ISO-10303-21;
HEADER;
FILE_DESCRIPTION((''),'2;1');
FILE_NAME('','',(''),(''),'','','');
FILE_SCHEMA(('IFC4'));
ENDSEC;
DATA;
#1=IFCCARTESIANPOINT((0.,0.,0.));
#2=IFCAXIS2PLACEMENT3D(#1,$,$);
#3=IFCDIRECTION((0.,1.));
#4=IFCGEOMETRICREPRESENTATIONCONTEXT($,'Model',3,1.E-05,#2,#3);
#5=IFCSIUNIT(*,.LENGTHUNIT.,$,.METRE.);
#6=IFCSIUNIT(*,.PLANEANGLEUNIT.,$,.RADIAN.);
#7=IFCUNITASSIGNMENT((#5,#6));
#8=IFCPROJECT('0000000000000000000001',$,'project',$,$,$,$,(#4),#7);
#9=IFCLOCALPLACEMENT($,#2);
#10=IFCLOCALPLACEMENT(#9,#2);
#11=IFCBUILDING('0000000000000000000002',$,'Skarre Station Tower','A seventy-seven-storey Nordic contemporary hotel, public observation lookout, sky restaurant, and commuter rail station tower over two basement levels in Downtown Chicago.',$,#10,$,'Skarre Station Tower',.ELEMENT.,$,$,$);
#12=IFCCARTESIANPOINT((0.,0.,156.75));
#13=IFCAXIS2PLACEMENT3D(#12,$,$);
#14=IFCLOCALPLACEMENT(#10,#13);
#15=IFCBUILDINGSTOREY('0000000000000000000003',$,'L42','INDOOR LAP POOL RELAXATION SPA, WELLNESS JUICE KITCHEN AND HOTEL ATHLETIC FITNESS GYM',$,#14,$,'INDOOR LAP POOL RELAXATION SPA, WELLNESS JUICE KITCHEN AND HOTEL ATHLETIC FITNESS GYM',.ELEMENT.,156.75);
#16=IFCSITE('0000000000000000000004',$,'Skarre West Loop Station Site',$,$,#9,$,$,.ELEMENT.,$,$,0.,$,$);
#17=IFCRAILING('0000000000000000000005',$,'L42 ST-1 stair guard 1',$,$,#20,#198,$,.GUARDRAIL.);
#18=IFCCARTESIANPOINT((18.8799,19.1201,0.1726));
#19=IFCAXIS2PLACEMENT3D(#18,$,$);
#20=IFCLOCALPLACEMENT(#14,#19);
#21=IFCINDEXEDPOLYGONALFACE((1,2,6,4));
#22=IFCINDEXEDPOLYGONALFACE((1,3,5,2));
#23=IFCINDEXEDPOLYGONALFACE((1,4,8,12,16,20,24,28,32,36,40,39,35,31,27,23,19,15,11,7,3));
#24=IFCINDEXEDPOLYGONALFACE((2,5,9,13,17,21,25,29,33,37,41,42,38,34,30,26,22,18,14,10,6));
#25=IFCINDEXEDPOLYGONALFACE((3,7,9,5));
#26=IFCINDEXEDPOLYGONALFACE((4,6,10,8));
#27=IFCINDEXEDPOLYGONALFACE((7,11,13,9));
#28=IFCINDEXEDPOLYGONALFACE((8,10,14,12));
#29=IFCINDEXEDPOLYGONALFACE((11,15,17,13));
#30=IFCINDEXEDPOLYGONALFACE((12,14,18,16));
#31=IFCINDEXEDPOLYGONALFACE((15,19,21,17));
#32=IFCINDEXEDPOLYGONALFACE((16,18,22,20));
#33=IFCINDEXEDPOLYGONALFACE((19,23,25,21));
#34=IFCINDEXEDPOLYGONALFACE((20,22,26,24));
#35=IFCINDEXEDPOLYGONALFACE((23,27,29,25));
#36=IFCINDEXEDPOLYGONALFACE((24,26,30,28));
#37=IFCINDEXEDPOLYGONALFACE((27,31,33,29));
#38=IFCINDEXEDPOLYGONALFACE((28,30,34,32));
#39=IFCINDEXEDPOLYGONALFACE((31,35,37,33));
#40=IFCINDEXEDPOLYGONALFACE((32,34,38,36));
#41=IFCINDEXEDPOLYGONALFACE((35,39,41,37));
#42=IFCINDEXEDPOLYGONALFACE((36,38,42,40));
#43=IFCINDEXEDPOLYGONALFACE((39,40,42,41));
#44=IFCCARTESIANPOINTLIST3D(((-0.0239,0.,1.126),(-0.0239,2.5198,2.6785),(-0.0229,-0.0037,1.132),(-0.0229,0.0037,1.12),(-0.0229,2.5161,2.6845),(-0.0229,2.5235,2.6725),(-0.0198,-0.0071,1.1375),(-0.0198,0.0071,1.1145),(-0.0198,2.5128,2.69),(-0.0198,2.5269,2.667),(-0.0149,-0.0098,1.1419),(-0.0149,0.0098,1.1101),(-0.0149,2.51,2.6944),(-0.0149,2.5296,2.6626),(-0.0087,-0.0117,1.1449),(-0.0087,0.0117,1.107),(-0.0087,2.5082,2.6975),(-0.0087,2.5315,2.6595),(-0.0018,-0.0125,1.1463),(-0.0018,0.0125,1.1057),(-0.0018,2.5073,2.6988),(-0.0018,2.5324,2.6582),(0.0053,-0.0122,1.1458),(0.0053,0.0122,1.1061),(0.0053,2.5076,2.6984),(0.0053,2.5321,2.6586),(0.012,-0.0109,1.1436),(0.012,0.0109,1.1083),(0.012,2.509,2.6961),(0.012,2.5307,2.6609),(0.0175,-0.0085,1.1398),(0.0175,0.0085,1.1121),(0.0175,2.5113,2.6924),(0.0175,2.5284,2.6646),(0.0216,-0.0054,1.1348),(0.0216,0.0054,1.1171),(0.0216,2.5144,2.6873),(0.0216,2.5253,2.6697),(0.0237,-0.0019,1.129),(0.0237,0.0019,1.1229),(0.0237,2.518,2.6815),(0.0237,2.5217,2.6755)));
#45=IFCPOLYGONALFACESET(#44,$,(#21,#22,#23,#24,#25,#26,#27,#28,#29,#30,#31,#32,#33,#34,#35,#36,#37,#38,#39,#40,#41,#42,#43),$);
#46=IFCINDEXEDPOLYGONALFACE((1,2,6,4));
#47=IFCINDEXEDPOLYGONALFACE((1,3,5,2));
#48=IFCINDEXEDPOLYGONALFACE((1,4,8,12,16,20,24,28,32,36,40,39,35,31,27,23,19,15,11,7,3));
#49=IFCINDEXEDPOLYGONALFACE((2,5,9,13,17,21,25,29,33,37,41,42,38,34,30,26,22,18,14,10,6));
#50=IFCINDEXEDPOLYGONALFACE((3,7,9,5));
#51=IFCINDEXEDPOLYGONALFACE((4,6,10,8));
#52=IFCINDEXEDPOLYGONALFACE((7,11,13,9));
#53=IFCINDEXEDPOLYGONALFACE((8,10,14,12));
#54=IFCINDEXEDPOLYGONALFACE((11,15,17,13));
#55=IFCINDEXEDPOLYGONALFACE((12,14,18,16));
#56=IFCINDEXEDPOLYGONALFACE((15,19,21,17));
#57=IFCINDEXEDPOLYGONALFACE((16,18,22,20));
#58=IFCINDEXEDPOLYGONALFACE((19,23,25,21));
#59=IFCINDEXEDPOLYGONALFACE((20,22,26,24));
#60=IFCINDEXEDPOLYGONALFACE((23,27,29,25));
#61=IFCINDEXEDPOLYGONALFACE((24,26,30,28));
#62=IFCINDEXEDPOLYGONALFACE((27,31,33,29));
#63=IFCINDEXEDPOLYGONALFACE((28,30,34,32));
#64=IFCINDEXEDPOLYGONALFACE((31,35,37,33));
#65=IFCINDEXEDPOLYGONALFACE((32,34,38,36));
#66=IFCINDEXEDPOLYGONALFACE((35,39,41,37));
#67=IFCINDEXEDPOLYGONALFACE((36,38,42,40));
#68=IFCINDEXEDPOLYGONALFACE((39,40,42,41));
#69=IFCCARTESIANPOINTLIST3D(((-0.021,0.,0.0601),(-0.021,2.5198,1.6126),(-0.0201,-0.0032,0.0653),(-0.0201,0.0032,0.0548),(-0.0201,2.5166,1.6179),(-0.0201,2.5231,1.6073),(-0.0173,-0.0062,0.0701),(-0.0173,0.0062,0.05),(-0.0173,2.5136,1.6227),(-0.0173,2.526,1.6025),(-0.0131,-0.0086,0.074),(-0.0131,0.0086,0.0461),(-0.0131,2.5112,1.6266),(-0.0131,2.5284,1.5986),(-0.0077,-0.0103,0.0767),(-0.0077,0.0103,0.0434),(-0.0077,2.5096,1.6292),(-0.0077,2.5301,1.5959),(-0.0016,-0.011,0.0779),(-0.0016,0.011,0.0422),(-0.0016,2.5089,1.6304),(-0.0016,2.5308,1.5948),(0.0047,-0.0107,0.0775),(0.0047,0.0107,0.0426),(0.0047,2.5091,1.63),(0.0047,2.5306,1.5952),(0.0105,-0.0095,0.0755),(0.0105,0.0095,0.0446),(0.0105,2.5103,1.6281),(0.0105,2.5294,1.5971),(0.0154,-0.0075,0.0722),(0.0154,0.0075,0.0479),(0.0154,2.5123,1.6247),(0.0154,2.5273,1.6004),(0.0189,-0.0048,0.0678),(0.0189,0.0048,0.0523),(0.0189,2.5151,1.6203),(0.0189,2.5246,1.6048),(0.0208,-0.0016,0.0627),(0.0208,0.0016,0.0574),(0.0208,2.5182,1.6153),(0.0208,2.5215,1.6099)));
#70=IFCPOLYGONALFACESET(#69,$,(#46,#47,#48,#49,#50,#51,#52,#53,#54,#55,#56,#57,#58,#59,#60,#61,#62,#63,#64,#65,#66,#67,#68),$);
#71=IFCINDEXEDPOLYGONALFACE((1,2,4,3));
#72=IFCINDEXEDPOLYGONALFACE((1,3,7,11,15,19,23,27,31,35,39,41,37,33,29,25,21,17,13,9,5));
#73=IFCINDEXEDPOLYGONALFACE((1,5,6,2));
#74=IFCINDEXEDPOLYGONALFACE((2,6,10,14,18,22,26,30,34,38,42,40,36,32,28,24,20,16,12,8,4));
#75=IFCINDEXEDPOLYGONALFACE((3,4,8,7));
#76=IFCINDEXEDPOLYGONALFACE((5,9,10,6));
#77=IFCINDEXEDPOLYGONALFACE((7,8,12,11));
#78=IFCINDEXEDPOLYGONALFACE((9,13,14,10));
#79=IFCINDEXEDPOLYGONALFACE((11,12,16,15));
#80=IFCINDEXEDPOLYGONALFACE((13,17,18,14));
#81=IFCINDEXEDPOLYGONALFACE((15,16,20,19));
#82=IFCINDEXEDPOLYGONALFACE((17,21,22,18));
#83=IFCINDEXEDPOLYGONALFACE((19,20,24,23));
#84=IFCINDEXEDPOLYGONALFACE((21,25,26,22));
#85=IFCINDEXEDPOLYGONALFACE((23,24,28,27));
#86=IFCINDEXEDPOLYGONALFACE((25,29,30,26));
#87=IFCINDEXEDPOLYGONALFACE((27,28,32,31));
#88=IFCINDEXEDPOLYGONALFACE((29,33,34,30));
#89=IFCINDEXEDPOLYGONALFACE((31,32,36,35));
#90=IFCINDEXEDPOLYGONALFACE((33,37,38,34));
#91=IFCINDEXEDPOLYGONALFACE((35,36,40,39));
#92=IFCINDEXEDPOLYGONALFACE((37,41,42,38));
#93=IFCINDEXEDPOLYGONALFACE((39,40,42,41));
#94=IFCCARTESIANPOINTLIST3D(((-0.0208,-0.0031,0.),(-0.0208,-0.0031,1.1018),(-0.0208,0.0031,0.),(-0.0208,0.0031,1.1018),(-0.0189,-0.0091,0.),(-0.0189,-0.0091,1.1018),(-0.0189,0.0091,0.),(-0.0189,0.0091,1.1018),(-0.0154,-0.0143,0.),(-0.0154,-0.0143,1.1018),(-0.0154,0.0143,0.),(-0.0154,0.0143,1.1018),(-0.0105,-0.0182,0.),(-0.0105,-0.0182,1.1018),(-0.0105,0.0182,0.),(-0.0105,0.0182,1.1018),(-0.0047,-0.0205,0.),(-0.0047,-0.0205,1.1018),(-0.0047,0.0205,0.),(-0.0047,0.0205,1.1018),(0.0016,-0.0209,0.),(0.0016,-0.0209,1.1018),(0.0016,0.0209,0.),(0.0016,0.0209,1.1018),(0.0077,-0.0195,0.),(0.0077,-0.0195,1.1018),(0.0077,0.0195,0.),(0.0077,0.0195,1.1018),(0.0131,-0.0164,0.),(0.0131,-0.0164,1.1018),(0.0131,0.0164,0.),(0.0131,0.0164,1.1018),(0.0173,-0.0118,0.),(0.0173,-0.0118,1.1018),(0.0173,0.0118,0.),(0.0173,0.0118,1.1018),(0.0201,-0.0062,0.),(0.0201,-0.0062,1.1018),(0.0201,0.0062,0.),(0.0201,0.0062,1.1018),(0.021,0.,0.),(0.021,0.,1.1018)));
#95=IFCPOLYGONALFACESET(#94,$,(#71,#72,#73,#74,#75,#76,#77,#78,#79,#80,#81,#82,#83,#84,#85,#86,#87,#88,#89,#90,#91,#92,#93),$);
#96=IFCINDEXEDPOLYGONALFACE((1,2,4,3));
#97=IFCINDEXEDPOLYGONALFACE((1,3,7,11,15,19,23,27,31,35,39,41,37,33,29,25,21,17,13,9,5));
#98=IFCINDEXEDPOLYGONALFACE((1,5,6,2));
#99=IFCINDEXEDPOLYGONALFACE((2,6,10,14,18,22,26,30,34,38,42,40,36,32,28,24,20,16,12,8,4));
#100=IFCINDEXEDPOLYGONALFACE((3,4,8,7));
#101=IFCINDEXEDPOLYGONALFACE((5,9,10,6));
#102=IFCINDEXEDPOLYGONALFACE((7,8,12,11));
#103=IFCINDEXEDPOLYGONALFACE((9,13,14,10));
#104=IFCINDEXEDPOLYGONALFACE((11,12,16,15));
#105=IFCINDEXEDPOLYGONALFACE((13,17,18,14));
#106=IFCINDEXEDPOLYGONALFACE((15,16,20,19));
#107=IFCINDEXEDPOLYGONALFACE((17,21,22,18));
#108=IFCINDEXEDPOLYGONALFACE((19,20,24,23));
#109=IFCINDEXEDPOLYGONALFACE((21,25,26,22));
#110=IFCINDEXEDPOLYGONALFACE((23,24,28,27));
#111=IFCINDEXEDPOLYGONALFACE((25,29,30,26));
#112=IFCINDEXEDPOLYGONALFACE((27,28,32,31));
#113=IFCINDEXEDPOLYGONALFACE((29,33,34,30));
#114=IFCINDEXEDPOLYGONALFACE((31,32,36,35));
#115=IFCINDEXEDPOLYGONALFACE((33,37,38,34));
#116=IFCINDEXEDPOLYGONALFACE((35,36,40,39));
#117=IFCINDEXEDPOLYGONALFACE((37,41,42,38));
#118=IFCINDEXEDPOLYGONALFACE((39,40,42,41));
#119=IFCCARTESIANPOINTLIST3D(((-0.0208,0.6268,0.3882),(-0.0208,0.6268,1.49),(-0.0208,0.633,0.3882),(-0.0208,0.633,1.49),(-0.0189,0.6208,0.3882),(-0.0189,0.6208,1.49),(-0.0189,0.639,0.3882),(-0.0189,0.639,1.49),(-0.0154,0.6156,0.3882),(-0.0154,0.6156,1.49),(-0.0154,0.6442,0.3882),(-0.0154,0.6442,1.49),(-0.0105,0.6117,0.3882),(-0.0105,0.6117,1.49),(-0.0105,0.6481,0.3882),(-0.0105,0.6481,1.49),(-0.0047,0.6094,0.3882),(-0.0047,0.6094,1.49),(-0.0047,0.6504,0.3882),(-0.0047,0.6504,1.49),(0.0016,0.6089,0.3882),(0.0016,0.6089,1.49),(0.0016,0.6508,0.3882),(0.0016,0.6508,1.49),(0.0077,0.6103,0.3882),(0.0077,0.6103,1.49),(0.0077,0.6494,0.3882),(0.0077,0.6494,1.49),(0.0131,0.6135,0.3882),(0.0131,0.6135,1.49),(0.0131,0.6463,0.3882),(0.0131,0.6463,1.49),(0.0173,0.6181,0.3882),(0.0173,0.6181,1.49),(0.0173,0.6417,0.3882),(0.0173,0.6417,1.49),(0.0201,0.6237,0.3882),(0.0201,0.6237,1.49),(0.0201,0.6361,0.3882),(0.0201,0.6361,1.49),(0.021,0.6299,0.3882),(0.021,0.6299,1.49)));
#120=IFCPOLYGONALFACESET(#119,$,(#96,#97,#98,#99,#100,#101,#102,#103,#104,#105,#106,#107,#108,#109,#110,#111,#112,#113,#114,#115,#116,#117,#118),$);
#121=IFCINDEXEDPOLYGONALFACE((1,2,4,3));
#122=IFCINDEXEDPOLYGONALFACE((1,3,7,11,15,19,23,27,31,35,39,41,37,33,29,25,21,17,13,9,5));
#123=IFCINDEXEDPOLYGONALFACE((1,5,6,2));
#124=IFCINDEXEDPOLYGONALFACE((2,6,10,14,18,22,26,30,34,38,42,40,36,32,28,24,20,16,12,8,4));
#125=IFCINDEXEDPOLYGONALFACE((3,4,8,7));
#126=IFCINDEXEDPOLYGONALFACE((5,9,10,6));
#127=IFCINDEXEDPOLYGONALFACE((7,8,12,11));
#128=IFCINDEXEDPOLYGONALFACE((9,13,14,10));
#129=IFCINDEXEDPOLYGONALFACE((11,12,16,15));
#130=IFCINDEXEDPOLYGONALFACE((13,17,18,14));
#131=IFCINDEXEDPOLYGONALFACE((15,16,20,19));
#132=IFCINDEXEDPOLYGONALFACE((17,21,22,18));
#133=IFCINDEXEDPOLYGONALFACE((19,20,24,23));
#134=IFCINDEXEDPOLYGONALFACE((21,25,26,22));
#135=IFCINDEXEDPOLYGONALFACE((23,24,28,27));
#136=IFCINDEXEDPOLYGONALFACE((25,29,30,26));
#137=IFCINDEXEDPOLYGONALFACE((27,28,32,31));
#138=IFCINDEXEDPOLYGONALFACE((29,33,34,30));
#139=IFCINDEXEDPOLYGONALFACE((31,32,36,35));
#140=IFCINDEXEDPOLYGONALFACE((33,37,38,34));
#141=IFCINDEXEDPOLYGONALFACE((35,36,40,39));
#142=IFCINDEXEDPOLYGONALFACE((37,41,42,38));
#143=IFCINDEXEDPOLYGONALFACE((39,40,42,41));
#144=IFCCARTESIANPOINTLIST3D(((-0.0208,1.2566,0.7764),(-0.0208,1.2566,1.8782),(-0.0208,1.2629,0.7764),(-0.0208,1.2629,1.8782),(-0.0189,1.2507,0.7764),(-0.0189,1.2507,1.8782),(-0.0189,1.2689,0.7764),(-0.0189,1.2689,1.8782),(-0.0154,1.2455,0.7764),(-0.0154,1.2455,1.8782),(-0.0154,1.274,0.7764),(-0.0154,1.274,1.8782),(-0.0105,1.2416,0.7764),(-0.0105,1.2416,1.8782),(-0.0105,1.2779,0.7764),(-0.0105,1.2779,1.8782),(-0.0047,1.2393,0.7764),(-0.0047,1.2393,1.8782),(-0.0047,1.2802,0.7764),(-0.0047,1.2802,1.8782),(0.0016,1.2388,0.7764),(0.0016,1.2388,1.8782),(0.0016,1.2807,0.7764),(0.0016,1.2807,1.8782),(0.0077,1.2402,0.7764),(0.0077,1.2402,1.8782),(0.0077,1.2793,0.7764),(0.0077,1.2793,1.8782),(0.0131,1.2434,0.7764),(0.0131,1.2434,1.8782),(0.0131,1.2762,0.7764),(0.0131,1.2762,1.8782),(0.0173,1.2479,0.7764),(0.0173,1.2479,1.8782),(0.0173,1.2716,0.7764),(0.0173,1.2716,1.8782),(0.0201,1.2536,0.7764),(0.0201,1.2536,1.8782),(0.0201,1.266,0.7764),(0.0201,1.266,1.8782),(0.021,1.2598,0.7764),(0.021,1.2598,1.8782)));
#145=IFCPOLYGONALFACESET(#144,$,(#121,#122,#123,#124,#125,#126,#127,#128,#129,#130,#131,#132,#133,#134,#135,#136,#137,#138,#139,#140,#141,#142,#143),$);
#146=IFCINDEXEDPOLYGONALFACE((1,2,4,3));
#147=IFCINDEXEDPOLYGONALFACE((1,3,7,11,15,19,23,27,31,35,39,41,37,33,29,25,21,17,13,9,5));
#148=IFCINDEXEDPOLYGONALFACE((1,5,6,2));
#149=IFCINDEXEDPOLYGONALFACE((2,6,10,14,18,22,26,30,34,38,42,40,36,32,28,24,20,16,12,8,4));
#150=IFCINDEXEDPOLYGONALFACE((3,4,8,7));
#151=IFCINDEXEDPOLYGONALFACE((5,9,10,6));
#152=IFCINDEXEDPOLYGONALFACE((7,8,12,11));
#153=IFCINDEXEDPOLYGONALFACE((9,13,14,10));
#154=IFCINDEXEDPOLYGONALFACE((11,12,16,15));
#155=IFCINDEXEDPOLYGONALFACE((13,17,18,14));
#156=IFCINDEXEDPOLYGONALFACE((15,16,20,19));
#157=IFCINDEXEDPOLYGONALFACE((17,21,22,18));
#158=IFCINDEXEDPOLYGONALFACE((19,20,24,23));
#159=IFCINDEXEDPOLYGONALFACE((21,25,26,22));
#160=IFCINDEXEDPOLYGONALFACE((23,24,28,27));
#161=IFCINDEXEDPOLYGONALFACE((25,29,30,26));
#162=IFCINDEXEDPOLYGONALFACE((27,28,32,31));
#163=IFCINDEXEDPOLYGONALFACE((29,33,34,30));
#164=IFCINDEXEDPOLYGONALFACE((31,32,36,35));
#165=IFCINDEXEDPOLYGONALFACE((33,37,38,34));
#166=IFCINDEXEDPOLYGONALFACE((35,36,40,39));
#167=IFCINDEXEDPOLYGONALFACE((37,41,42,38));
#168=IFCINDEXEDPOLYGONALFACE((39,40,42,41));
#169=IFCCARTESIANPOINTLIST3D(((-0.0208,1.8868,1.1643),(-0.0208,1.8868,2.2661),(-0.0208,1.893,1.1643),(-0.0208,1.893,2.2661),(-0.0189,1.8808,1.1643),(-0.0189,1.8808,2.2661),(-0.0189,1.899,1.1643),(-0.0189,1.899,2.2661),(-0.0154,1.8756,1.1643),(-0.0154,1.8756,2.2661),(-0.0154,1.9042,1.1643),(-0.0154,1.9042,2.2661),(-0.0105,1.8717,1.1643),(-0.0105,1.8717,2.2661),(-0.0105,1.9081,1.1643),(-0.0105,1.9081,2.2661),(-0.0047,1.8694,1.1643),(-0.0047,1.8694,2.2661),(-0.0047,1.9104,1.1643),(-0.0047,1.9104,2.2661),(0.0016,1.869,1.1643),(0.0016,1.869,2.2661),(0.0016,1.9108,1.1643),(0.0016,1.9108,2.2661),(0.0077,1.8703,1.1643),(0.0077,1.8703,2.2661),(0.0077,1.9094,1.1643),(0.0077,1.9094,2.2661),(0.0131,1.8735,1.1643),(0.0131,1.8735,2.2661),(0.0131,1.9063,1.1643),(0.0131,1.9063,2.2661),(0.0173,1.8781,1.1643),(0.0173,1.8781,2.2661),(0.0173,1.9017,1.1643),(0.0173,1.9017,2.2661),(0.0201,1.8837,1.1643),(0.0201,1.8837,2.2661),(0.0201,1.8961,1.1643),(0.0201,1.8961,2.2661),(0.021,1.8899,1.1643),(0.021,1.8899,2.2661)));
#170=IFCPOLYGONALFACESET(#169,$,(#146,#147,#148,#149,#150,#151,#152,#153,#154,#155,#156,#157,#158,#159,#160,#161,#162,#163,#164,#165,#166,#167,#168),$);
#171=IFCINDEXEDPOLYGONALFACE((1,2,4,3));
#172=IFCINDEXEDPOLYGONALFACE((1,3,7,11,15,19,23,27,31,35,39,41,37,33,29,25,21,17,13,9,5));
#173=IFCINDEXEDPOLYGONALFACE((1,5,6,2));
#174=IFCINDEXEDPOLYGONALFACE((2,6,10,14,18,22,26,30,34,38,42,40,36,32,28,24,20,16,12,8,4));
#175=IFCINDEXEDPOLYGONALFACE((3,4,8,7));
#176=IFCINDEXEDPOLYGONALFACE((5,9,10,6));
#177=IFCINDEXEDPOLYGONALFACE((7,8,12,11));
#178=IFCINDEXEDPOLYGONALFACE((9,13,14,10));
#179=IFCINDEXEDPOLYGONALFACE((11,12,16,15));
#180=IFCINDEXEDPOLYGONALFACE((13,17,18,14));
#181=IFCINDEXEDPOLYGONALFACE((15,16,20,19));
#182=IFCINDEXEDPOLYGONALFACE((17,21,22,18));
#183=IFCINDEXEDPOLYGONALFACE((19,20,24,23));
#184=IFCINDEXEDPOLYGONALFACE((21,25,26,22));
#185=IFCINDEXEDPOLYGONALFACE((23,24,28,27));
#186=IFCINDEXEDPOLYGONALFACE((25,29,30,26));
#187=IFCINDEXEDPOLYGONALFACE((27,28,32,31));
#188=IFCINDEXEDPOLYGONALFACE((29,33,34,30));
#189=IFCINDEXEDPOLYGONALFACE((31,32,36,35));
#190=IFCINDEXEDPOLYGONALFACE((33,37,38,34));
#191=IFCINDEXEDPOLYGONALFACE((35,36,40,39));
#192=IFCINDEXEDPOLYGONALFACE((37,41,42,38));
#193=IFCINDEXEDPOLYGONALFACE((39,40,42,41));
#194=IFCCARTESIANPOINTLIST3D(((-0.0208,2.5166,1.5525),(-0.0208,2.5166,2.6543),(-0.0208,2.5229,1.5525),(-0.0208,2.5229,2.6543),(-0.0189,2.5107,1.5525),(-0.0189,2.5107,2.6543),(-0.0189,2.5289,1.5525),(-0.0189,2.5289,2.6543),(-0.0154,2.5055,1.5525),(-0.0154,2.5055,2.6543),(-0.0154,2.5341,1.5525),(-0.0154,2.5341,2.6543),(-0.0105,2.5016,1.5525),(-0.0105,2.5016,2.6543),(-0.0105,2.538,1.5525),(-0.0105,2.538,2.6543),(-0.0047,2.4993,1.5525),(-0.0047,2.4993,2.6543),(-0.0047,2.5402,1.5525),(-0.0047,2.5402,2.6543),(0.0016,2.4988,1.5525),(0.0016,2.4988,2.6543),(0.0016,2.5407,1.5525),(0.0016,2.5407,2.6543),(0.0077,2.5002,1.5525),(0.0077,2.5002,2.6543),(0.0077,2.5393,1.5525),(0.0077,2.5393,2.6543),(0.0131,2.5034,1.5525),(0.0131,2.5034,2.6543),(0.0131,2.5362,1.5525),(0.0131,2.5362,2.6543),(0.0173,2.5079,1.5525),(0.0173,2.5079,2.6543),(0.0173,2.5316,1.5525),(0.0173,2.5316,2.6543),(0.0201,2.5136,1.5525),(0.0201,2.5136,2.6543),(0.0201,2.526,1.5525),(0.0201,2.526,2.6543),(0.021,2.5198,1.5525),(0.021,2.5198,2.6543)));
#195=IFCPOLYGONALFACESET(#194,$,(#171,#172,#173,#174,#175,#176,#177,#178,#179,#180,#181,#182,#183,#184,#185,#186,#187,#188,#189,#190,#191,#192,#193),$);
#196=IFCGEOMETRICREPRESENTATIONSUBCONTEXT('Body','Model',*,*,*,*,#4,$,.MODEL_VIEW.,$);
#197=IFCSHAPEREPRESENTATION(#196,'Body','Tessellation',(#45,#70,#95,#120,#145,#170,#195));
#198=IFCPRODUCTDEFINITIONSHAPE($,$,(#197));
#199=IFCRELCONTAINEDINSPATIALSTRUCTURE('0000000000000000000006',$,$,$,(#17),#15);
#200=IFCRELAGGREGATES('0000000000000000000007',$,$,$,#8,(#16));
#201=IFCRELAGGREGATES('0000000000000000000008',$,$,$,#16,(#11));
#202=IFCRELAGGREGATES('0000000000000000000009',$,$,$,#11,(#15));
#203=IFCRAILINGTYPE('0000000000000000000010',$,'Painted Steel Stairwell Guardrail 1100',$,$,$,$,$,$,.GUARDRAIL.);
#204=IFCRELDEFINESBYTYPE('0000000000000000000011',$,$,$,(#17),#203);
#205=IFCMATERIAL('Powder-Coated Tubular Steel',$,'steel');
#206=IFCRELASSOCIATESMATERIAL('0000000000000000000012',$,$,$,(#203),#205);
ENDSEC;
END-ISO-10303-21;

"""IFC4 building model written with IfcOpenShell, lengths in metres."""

from ifc_helpers import new_model, si_unit, direction, frame, origin, origin_2d, place, context, subcontext, project, spatial, circle, extrude, material, type_object, element, save


model = new_model("IFC4")

# Units and contexts
model_context = context("Model", 3, precision=1e-05, world=origin(), true_north=direction((0.0, 1.0)))
body_context = subcontext(model_context, "Body", "Model", "MODEL_VIEW")
ifc_project = project(units=[si_unit("LENGTHUNIT", "METRE"), si_unit("PLANEANGLEUNIT", "RADIAN")], contexts=[model_context])

# Site, building, storey
site_placement = place(None, origin())
site = spatial("IfcSite", under=ifc_project, at=site_placement, Name="Skarre West Loop Station Site", CompositionType="ELEMENT", RefElevation=0.0)
building_placement = place(site_placement, origin())
building = spatial("IfcBuilding", under=site, at=building_placement, Name="Skarre Station Tower", Description="A seventy-seven-storey Nordic contemporary hotel, public observation lookout, sky restaurant, and commuter rail station tower over two basement levels in Downtown Chicago.", LongName="Skarre Station Tower", CompositionType="ELEMENT")
storey_placement = place(building_placement, frame((0.0, 0.0, 156.75)))
storey = spatial("IfcBuildingStorey", under=building, at=storey_placement, Name="L42", Description="INDOOR LAP POOL RELAXATION SPA, WELLNESS JUICE KITCHEN AND HOTEL ATHLETIC FITNESS GYM", LongName="INDOOR LAP POOL RELAXATION SPA, WELLNESS JUICE KITCHEN AND HOTEL ATHLETIC FITNESS GYM", CompositionType="ELEMENT", Elevation=156.75)

# Railing
ifc_material_1 = material(Name="Powder-Coated Tubular Steel", Category="steel")
railing_type = type_object("IfcRailingType", Name="Painted Steel Stairwell Guardrail 1100", PredefinedType="GUARDRAIL", material=ifc_material_1)
railing_1_placement = place(storey_placement, frame((18.8799, 19.1201, 0.1726)))
element("IfcRailing", 1, at=railing_1_placement, inside=storey, type_object=railing_type, Name="L42 ST-1 stair guard 1", PredefinedType="GUARDRAIL", context=body_context, shape_type="SweptSolid", body=[
    extrude(circle(Radius=0.0239, at=origin_2d()), frame((0.0, 0.0, 1.126), z_axis=(0.0, 0.851378, 0.524553), x_axis=(-1.0, 0.0, 0.0)), (0.0, 0.0, 1.0), 2.9597),
    extrude(circle(Radius=0.021, at=origin_2d()), frame((0.0, 0.0, 0.0601), z_axis=(0.0, 0.851378, 0.524553), x_axis=(-1.0, 0.0, 0.0)), (0.0, 0.0, 1.0), 2.9597),
    extrude(circle(Radius=0.021, at=origin_2d()), origin(), (0.0, 0.0, 1.0), 1.1018),
    extrude(circle(Radius=0.021, at=origin_2d()), frame((0.0, 0.6299, 0.3882)), (0.0, 0.0, 1.0), 1.1018),
    extrude(circle(Radius=0.021, at=origin_2d()), frame((0.0, 1.2598, 0.7764)), (0.0, 0.0, 1.0), 1.1018),
    extrude(circle(Radius=0.021, at=origin_2d()), frame((0.0, 1.8899, 1.1643)), (0.0, 0.0, 1.0), 1.1018),
    extrude(circle(Radius=0.021, at=origin_2d()), frame((0.0, 2.5198, 1.5525)), (0.0, 0.0, 1.0), 1.1018),
])

save(model, "model.ifc")
